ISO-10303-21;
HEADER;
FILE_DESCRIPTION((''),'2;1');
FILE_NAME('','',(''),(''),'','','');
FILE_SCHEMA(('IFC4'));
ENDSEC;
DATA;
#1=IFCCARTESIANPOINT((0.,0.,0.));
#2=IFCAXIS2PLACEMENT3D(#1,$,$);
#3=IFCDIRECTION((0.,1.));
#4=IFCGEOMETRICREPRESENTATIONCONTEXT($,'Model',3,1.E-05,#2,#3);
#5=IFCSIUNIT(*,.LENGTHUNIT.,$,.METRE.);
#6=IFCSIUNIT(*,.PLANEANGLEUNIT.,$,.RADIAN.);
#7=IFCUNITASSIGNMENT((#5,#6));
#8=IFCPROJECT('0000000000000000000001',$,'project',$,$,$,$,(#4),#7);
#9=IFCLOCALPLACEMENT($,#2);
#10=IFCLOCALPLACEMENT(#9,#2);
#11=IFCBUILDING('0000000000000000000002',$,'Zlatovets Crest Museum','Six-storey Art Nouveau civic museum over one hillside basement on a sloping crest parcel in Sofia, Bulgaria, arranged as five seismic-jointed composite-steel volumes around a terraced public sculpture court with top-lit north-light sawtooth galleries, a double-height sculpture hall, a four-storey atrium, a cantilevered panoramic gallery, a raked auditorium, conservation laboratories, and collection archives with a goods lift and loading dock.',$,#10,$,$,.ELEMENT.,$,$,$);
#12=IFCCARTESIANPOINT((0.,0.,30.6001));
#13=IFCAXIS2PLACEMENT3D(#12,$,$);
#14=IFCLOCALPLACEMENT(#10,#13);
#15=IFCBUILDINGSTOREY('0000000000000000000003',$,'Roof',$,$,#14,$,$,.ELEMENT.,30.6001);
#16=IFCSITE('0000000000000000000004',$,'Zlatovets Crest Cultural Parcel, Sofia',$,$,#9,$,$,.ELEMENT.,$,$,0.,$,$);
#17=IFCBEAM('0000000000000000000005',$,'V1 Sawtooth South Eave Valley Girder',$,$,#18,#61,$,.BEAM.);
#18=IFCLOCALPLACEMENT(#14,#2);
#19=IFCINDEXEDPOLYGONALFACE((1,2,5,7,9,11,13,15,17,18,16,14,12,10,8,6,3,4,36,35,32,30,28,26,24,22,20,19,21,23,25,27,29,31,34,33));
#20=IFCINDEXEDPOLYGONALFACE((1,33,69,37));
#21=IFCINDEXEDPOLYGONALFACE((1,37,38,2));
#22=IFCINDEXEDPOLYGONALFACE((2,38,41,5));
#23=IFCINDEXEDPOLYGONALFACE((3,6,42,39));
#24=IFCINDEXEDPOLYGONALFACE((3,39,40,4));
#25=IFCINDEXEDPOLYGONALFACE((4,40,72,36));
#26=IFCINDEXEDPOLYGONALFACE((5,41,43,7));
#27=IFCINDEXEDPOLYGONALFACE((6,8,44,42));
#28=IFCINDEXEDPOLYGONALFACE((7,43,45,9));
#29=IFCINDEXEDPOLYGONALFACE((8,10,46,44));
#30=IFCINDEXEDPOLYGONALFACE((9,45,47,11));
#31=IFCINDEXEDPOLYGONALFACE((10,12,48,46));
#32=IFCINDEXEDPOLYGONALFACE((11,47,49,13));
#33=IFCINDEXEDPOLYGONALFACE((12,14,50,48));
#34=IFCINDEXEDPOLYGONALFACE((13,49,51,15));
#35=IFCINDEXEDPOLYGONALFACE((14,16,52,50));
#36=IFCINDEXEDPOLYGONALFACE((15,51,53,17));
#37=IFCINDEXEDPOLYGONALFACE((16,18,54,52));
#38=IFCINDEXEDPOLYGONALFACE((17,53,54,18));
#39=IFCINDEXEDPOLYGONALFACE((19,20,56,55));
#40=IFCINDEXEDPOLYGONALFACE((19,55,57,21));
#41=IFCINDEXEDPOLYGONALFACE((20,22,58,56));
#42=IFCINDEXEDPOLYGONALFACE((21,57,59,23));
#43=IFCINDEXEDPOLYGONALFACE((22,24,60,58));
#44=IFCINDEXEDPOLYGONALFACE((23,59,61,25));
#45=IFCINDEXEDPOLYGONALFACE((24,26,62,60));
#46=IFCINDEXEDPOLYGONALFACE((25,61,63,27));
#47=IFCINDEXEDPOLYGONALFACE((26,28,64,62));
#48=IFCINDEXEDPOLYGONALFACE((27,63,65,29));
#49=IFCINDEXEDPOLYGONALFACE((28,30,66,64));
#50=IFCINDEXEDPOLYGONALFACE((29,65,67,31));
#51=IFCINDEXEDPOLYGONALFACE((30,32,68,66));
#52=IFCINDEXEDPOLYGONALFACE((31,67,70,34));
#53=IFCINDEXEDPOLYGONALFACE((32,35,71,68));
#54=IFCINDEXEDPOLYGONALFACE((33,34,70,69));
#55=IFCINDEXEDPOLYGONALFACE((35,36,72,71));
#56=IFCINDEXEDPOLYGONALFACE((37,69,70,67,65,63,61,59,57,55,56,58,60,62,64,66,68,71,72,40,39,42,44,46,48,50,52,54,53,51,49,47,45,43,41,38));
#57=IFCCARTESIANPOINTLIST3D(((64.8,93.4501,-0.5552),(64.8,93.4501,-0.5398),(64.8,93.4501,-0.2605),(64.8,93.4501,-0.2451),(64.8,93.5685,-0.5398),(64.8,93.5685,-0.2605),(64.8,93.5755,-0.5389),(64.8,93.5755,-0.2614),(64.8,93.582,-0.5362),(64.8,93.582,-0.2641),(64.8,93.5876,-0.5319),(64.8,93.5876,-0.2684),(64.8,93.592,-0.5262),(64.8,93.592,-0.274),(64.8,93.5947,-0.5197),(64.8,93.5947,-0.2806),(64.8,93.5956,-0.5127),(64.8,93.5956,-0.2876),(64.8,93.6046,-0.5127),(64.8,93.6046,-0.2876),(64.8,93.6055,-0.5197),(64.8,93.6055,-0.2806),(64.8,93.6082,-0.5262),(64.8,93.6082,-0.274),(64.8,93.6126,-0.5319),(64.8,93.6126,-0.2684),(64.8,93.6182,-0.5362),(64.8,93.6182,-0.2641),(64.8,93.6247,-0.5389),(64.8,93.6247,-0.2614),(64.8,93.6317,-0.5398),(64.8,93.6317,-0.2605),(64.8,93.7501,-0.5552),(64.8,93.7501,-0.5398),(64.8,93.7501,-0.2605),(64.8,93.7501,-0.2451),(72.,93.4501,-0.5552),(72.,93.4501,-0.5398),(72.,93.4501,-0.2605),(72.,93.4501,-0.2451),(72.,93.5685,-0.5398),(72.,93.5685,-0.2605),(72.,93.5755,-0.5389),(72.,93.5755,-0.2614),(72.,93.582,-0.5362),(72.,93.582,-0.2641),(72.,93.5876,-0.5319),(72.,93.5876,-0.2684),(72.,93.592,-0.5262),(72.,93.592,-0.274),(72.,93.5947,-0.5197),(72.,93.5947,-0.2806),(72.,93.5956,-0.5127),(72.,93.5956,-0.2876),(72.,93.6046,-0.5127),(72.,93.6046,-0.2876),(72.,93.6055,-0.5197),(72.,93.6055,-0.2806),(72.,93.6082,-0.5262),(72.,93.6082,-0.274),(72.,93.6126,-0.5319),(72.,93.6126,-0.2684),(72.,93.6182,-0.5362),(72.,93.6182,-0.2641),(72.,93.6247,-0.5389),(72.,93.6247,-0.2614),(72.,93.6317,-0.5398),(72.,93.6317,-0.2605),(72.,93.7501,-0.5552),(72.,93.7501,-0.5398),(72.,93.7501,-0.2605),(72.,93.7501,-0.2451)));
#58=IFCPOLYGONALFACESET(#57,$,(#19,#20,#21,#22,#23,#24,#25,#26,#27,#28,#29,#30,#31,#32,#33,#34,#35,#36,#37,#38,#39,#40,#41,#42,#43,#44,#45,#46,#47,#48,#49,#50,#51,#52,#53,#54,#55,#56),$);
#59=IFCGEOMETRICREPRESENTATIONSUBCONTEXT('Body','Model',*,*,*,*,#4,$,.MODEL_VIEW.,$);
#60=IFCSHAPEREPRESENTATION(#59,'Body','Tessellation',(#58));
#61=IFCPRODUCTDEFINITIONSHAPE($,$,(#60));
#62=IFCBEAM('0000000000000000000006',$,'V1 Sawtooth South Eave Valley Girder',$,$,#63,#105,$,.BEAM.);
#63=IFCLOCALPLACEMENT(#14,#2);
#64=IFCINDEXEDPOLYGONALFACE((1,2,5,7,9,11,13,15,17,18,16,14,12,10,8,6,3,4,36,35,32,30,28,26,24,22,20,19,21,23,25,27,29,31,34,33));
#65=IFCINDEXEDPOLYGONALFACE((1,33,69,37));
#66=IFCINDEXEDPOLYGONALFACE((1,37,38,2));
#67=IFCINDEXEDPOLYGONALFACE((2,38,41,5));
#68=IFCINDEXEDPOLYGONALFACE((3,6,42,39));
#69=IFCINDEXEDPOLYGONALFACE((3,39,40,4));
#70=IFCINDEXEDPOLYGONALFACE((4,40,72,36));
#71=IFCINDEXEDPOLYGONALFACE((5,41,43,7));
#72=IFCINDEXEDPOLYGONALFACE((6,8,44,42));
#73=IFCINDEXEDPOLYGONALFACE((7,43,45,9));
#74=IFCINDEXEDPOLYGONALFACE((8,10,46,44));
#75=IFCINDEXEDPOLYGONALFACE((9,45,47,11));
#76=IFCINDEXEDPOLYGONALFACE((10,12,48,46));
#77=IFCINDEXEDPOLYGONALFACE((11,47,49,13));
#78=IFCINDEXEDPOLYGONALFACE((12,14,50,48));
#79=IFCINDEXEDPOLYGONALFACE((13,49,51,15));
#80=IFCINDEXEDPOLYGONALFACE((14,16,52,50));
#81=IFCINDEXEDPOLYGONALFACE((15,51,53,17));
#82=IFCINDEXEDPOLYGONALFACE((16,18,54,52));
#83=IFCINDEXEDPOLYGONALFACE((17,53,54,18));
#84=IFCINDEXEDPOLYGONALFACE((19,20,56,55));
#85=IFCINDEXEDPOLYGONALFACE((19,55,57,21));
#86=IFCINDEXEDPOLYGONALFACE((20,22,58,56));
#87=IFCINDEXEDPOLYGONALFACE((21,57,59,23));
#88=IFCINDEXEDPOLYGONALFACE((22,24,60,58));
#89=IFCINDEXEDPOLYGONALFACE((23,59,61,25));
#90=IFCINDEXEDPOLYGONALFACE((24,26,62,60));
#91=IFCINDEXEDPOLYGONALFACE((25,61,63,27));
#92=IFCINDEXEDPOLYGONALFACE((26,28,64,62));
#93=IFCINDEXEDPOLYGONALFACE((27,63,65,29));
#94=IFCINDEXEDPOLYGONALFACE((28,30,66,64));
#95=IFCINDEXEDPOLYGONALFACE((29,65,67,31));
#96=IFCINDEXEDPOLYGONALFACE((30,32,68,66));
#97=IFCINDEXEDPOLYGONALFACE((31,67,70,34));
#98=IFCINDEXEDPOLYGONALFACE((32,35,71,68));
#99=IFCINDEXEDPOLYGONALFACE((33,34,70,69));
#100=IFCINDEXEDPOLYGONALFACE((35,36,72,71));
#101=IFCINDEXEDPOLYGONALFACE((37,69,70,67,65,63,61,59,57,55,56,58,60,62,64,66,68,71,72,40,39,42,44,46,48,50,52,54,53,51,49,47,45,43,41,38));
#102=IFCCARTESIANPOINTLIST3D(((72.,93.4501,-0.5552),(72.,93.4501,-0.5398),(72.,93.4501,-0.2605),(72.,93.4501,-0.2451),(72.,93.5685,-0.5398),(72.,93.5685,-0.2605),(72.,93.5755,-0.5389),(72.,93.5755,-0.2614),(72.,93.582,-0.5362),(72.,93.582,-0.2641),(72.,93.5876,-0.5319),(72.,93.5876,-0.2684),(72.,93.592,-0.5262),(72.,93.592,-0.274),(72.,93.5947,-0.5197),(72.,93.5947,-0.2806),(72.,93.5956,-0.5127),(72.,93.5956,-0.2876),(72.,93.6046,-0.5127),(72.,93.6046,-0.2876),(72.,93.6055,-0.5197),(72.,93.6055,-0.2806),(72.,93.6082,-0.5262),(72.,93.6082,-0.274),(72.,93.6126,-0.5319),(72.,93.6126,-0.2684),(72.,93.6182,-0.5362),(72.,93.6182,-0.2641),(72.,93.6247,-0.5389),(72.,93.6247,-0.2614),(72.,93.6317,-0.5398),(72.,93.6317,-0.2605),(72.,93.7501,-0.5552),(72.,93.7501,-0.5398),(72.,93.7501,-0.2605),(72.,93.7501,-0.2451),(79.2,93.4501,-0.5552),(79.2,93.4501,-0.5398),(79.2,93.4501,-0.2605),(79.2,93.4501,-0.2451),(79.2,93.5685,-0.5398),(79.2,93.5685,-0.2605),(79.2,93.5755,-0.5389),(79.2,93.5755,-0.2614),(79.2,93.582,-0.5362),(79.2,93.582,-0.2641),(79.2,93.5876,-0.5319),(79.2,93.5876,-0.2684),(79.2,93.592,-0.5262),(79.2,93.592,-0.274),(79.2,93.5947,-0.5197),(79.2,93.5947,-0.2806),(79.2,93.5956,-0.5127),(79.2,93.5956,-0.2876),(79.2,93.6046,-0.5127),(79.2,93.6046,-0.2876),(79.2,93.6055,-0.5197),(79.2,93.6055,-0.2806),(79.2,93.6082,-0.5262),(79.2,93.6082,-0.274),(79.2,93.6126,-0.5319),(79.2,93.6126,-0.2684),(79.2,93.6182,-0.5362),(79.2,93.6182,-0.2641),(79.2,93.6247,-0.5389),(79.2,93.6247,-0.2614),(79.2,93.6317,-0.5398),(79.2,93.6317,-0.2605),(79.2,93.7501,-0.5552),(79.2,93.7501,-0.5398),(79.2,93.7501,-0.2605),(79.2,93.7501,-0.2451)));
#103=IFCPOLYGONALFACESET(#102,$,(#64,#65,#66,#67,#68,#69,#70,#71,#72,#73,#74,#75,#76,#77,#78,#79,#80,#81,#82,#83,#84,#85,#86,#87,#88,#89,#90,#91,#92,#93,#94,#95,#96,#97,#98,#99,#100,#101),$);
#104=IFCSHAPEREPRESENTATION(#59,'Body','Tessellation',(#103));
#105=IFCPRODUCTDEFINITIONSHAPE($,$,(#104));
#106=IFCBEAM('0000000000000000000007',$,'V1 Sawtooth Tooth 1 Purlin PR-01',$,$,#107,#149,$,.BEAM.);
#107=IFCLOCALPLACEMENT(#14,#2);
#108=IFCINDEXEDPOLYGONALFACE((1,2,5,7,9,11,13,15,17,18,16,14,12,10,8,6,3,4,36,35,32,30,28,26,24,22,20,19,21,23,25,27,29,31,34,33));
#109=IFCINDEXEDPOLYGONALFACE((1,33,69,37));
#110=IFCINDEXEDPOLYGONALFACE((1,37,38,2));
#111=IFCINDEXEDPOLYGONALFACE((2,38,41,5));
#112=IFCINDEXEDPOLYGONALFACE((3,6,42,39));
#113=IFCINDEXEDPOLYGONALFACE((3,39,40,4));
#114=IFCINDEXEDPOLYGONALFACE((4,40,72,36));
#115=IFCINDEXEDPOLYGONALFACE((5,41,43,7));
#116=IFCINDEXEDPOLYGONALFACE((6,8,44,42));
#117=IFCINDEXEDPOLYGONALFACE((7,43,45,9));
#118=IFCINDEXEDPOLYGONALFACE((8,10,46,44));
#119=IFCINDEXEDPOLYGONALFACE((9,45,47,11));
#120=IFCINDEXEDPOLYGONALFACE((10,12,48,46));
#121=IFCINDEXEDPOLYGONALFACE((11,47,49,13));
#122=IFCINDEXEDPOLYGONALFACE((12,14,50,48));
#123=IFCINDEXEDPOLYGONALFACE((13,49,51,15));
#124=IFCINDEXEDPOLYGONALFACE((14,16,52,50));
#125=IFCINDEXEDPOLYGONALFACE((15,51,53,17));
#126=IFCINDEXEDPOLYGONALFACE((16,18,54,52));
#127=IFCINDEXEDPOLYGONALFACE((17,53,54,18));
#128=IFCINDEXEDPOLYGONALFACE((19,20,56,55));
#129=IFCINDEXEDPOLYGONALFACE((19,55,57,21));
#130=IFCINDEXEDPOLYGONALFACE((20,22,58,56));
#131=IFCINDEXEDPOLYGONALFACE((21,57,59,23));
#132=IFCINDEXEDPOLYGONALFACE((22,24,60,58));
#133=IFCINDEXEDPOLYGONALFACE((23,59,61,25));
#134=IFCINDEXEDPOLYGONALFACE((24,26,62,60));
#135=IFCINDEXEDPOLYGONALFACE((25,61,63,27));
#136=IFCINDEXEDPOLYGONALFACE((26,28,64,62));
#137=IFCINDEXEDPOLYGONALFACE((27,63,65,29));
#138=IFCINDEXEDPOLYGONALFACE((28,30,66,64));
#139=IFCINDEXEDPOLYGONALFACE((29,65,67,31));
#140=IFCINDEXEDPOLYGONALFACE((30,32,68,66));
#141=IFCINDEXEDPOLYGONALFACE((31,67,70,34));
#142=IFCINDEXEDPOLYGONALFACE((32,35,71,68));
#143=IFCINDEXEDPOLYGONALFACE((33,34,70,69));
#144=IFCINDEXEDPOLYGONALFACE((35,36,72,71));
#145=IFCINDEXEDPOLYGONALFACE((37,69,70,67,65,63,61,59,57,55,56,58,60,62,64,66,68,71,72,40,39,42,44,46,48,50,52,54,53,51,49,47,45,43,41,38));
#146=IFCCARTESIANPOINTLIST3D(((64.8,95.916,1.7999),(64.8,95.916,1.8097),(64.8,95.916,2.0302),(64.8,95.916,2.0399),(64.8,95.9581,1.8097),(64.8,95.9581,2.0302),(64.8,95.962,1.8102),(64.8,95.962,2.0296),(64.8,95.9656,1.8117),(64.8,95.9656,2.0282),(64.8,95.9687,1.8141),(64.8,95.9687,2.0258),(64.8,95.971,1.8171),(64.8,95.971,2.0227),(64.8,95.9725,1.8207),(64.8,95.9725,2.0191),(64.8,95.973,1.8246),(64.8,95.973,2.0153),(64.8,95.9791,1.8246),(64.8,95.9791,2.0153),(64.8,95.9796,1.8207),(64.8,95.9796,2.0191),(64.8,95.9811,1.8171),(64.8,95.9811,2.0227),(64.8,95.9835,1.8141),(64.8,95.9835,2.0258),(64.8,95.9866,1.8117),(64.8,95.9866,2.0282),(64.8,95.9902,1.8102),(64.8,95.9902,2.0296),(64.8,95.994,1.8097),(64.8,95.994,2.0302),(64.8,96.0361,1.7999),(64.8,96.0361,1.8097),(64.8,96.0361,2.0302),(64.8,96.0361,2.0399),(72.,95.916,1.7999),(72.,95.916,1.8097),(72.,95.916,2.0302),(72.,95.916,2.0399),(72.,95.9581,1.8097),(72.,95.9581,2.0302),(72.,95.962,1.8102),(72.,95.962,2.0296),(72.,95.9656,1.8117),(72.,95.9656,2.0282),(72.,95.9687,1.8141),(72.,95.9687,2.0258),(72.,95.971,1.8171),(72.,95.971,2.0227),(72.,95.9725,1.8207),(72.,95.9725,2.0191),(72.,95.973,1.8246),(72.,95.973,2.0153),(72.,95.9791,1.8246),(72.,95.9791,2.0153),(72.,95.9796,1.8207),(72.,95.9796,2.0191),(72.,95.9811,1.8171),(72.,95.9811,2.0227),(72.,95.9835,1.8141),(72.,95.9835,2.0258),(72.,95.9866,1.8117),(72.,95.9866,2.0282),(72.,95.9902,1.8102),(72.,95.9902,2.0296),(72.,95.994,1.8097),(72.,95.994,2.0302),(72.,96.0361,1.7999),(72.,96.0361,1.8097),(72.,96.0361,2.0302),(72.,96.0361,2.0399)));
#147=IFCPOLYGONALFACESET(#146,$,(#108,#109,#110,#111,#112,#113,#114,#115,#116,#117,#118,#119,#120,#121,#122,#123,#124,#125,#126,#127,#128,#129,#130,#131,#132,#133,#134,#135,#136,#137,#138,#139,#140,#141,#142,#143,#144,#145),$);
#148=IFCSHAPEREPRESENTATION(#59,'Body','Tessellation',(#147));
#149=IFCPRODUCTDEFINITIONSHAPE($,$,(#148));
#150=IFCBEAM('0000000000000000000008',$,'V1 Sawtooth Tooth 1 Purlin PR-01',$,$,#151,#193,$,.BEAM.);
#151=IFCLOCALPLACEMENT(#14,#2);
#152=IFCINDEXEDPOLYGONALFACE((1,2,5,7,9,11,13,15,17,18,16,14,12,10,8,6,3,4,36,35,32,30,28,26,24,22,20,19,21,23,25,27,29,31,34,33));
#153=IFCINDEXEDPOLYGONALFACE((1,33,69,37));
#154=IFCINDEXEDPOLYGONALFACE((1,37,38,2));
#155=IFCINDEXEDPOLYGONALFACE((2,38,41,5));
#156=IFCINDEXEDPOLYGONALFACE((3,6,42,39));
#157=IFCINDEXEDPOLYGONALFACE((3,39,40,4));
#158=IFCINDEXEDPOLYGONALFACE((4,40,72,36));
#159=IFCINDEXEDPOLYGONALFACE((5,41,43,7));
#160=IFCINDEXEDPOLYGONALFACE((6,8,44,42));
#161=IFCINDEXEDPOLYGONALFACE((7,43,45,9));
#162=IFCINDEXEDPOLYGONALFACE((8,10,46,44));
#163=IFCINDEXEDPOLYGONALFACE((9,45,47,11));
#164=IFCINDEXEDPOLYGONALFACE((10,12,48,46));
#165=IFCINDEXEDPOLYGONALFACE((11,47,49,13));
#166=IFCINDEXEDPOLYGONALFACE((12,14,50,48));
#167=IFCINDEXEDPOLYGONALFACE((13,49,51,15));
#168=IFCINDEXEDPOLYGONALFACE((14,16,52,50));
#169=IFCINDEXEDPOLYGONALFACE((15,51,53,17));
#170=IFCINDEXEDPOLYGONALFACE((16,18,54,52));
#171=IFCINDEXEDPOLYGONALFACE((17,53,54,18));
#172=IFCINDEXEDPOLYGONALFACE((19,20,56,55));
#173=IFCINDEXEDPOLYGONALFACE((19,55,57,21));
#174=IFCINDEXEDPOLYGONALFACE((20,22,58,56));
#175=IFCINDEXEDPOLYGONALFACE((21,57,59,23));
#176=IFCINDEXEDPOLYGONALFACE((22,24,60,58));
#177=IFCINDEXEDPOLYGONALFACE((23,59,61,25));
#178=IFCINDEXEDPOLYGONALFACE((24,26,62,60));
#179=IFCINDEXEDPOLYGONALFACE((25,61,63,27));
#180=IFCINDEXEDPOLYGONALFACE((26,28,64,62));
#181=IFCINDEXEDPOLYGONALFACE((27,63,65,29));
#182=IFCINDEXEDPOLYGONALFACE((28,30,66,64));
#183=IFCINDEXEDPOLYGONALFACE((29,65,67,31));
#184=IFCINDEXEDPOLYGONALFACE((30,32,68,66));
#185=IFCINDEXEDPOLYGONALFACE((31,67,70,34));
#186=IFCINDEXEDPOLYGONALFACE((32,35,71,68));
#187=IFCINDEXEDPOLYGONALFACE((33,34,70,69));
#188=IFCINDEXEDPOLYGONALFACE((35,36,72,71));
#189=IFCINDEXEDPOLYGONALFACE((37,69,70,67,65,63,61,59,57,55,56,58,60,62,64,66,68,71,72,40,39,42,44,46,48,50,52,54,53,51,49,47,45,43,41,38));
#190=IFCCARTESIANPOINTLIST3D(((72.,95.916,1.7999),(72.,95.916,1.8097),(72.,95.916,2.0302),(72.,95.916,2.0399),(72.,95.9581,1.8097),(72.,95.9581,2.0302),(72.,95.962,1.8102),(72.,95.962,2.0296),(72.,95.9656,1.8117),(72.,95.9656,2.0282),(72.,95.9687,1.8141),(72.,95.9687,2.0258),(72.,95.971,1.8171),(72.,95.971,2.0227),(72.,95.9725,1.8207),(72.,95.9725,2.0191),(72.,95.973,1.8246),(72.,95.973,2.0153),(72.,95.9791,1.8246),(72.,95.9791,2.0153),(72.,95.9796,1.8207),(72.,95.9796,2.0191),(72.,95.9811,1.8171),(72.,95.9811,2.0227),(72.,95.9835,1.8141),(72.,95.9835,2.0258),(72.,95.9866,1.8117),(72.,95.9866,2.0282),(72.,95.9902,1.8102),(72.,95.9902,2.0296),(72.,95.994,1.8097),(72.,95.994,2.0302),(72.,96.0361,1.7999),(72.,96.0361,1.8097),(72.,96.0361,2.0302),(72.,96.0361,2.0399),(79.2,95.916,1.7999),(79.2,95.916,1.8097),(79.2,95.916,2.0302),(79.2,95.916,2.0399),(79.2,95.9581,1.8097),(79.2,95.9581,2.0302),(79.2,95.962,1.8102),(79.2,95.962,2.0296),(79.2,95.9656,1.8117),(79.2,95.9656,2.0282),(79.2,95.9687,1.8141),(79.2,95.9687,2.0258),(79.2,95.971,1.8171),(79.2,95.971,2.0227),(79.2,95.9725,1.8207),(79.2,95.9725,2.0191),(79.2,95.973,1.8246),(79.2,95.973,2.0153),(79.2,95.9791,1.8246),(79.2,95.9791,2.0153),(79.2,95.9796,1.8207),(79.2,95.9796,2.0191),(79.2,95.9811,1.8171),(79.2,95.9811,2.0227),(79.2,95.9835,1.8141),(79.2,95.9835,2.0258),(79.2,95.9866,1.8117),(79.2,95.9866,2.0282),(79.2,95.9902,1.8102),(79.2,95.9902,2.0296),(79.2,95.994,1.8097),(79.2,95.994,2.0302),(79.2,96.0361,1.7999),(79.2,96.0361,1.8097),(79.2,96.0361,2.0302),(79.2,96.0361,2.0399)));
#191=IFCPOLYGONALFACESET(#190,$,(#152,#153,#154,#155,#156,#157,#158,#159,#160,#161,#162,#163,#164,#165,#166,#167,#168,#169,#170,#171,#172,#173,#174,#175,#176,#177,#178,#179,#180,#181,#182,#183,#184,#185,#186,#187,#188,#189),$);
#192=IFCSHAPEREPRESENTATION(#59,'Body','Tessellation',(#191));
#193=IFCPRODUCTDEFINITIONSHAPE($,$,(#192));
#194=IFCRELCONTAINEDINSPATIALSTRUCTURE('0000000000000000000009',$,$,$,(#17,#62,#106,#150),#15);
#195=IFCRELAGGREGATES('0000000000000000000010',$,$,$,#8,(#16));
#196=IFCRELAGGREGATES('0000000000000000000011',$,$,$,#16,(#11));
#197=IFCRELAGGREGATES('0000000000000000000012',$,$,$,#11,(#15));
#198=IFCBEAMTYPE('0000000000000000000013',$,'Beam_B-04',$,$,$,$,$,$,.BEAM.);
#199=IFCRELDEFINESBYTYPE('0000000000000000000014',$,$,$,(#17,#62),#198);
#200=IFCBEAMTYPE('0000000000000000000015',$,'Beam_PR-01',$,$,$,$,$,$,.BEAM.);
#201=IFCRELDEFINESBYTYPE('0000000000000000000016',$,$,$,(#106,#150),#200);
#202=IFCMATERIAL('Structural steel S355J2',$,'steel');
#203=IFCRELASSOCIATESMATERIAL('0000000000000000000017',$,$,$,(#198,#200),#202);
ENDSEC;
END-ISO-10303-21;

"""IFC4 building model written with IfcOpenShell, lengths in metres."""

from ifc_helpers import new_model, si_unit, direction, frame, origin, origin_2d, place, context, subcontext, project, spatial, i_section, extrude, material, material_profile, profile_set, type_object, element, save


model = new_model("IFC4")

# Units and contexts
model_context = context("Model", 3, precision=1e-05, world=origin(), true_north=direction((0.0, 1.0)))
body_context = subcontext(model_context, "Body", "Model", "MODEL_VIEW")
ifc_project = project(units=[si_unit("LENGTHUNIT", "METRE"), si_unit("PLANEANGLEUNIT", "RADIAN")], contexts=[model_context])

# Site, building, storey
site_placement = place(None, origin())
site = spatial("IfcSite", under=ifc_project, at=site_placement, Name="Zlatovets Crest Cultural Parcel, Sofia", CompositionType="ELEMENT", RefElevation=0.0)
building_placement = place(site_placement, origin())
building = spatial("IfcBuilding", under=site, at=building_placement, Name="Zlatovets Crest Museum", Description="Six-storey Art Nouveau civic museum over one hillside basement on a sloping crest parcel in Sofia, Bulgaria, arranged as five seismic-jointed composite-steel volumes around a terraced public sculpture court with top-lit north-light sawtooth galleries, a double-height sculpture hall, a four-storey atrium, a cantilevered panoramic gallery, a raked auditorium, conservation laboratories, and collection archives with a goods lift and loading dock.", CompositionType="ELEMENT")
storey_placement = place(building_placement, frame((0.0, 0.0, 30.6001)))
storey = spatial("IfcBuildingStorey", under=building, at=storey_placement, Name="Roof", CompositionType="ELEMENT", Elevation=30.6001)

# Beams
ifc_material_1 = material(Name="Structural steel S355J2", Category="steel")
ifc_material_profile_1 = material_profile(ifc_material_1, i_section(OverallWidth=0.3, OverallDepth=0.3101, WebThickness=0.009, FlangeThickness=0.0154, FilletRadius=0.0271, at=origin_2d()), Name="HEA 320")
ifc_profile_set_1 = profile_set([ifc_material_profile_1], Name="Structural steel S355J2")
beam_type_1 = type_object("IfcBeamType", Name="Beam_B-04", PredefinedType="BEAM", material=ifc_profile_set_1)
for number, where, z_axis, x_axis, name in (
    (1, (64.8, 93.6001, -0.4001), (1.0, 0.0, 0.0), (0.0, 1.0, 0.0), "V1 Sawtooth South Eave Valley Girder"),
    (2, (72.0, 93.6001, -0.4001), (1.0, 0.0, 0.0), (0.0, 1.0, 0.0), "V1 Sawtooth South Eave Valley Girder"),
):
    element("IfcBeam", number, at=place(storey_placement, frame(where, z_axis=z_axis, x_axis=x_axis)), inside=storey, type_object=beam_type_1, Name=name, PredefinedType="BEAM", context=body_context, shape_type="SweptSolid", body=[
        extrude(i_section(OverallWidth=0.3, OverallDepth=0.3101, WebThickness=0.009, FlangeThickness=0.0154, FilletRadius=0.0271, at=origin_2d()), origin(), (0.0, 0.0, 1.0), 7.2),
    ])
ifc_material_profile_2 = material_profile(ifc_material_1, i_section(OverallWidth=0.1201, OverallDepth=0.24, WebThickness=0.0061, FlangeThickness=0.0098, FilletRadius=0.0149, at=origin_2d()), Name="IPE 240")
ifc_profile_set_2 = profile_set([ifc_material_profile_2], Name="Structural steel S355J2")
beam_type_2 = type_object("IfcBeamType", Name="Beam_PR-01", PredefinedType="BEAM", material=ifc_profile_set_2)
for number, where, z_axis, x_axis, name in (
    (3, (64.8, 95.9761, 1.9199), (1.0, 0.0, 0.0), (0.0, 1.0, 0.0), "V1 Sawtooth Tooth 1 Purlin PR-01"),
    (4, (72.0, 95.9761, 1.9199), (1.0, 0.0, 0.0), (0.0, 1.0, 0.0), "V1 Sawtooth Tooth 1 Purlin PR-01"),
):
    element("IfcBeam", number, at=place(storey_placement, frame(where, z_axis=z_axis, x_axis=x_axis)), inside=storey, type_object=beam_type_2, Name=name, PredefinedType="BEAM", context=body_context, shape_type="SweptSolid", body=[
        extrude(i_section(OverallWidth=0.1201, OverallDepth=0.24, WebThickness=0.0061, FlangeThickness=0.0098, FilletRadius=0.0149, at=origin_2d()), origin(), (0.0, 0.0, 1.0), 7.2),
    ])

save(model, "model.ifc")
